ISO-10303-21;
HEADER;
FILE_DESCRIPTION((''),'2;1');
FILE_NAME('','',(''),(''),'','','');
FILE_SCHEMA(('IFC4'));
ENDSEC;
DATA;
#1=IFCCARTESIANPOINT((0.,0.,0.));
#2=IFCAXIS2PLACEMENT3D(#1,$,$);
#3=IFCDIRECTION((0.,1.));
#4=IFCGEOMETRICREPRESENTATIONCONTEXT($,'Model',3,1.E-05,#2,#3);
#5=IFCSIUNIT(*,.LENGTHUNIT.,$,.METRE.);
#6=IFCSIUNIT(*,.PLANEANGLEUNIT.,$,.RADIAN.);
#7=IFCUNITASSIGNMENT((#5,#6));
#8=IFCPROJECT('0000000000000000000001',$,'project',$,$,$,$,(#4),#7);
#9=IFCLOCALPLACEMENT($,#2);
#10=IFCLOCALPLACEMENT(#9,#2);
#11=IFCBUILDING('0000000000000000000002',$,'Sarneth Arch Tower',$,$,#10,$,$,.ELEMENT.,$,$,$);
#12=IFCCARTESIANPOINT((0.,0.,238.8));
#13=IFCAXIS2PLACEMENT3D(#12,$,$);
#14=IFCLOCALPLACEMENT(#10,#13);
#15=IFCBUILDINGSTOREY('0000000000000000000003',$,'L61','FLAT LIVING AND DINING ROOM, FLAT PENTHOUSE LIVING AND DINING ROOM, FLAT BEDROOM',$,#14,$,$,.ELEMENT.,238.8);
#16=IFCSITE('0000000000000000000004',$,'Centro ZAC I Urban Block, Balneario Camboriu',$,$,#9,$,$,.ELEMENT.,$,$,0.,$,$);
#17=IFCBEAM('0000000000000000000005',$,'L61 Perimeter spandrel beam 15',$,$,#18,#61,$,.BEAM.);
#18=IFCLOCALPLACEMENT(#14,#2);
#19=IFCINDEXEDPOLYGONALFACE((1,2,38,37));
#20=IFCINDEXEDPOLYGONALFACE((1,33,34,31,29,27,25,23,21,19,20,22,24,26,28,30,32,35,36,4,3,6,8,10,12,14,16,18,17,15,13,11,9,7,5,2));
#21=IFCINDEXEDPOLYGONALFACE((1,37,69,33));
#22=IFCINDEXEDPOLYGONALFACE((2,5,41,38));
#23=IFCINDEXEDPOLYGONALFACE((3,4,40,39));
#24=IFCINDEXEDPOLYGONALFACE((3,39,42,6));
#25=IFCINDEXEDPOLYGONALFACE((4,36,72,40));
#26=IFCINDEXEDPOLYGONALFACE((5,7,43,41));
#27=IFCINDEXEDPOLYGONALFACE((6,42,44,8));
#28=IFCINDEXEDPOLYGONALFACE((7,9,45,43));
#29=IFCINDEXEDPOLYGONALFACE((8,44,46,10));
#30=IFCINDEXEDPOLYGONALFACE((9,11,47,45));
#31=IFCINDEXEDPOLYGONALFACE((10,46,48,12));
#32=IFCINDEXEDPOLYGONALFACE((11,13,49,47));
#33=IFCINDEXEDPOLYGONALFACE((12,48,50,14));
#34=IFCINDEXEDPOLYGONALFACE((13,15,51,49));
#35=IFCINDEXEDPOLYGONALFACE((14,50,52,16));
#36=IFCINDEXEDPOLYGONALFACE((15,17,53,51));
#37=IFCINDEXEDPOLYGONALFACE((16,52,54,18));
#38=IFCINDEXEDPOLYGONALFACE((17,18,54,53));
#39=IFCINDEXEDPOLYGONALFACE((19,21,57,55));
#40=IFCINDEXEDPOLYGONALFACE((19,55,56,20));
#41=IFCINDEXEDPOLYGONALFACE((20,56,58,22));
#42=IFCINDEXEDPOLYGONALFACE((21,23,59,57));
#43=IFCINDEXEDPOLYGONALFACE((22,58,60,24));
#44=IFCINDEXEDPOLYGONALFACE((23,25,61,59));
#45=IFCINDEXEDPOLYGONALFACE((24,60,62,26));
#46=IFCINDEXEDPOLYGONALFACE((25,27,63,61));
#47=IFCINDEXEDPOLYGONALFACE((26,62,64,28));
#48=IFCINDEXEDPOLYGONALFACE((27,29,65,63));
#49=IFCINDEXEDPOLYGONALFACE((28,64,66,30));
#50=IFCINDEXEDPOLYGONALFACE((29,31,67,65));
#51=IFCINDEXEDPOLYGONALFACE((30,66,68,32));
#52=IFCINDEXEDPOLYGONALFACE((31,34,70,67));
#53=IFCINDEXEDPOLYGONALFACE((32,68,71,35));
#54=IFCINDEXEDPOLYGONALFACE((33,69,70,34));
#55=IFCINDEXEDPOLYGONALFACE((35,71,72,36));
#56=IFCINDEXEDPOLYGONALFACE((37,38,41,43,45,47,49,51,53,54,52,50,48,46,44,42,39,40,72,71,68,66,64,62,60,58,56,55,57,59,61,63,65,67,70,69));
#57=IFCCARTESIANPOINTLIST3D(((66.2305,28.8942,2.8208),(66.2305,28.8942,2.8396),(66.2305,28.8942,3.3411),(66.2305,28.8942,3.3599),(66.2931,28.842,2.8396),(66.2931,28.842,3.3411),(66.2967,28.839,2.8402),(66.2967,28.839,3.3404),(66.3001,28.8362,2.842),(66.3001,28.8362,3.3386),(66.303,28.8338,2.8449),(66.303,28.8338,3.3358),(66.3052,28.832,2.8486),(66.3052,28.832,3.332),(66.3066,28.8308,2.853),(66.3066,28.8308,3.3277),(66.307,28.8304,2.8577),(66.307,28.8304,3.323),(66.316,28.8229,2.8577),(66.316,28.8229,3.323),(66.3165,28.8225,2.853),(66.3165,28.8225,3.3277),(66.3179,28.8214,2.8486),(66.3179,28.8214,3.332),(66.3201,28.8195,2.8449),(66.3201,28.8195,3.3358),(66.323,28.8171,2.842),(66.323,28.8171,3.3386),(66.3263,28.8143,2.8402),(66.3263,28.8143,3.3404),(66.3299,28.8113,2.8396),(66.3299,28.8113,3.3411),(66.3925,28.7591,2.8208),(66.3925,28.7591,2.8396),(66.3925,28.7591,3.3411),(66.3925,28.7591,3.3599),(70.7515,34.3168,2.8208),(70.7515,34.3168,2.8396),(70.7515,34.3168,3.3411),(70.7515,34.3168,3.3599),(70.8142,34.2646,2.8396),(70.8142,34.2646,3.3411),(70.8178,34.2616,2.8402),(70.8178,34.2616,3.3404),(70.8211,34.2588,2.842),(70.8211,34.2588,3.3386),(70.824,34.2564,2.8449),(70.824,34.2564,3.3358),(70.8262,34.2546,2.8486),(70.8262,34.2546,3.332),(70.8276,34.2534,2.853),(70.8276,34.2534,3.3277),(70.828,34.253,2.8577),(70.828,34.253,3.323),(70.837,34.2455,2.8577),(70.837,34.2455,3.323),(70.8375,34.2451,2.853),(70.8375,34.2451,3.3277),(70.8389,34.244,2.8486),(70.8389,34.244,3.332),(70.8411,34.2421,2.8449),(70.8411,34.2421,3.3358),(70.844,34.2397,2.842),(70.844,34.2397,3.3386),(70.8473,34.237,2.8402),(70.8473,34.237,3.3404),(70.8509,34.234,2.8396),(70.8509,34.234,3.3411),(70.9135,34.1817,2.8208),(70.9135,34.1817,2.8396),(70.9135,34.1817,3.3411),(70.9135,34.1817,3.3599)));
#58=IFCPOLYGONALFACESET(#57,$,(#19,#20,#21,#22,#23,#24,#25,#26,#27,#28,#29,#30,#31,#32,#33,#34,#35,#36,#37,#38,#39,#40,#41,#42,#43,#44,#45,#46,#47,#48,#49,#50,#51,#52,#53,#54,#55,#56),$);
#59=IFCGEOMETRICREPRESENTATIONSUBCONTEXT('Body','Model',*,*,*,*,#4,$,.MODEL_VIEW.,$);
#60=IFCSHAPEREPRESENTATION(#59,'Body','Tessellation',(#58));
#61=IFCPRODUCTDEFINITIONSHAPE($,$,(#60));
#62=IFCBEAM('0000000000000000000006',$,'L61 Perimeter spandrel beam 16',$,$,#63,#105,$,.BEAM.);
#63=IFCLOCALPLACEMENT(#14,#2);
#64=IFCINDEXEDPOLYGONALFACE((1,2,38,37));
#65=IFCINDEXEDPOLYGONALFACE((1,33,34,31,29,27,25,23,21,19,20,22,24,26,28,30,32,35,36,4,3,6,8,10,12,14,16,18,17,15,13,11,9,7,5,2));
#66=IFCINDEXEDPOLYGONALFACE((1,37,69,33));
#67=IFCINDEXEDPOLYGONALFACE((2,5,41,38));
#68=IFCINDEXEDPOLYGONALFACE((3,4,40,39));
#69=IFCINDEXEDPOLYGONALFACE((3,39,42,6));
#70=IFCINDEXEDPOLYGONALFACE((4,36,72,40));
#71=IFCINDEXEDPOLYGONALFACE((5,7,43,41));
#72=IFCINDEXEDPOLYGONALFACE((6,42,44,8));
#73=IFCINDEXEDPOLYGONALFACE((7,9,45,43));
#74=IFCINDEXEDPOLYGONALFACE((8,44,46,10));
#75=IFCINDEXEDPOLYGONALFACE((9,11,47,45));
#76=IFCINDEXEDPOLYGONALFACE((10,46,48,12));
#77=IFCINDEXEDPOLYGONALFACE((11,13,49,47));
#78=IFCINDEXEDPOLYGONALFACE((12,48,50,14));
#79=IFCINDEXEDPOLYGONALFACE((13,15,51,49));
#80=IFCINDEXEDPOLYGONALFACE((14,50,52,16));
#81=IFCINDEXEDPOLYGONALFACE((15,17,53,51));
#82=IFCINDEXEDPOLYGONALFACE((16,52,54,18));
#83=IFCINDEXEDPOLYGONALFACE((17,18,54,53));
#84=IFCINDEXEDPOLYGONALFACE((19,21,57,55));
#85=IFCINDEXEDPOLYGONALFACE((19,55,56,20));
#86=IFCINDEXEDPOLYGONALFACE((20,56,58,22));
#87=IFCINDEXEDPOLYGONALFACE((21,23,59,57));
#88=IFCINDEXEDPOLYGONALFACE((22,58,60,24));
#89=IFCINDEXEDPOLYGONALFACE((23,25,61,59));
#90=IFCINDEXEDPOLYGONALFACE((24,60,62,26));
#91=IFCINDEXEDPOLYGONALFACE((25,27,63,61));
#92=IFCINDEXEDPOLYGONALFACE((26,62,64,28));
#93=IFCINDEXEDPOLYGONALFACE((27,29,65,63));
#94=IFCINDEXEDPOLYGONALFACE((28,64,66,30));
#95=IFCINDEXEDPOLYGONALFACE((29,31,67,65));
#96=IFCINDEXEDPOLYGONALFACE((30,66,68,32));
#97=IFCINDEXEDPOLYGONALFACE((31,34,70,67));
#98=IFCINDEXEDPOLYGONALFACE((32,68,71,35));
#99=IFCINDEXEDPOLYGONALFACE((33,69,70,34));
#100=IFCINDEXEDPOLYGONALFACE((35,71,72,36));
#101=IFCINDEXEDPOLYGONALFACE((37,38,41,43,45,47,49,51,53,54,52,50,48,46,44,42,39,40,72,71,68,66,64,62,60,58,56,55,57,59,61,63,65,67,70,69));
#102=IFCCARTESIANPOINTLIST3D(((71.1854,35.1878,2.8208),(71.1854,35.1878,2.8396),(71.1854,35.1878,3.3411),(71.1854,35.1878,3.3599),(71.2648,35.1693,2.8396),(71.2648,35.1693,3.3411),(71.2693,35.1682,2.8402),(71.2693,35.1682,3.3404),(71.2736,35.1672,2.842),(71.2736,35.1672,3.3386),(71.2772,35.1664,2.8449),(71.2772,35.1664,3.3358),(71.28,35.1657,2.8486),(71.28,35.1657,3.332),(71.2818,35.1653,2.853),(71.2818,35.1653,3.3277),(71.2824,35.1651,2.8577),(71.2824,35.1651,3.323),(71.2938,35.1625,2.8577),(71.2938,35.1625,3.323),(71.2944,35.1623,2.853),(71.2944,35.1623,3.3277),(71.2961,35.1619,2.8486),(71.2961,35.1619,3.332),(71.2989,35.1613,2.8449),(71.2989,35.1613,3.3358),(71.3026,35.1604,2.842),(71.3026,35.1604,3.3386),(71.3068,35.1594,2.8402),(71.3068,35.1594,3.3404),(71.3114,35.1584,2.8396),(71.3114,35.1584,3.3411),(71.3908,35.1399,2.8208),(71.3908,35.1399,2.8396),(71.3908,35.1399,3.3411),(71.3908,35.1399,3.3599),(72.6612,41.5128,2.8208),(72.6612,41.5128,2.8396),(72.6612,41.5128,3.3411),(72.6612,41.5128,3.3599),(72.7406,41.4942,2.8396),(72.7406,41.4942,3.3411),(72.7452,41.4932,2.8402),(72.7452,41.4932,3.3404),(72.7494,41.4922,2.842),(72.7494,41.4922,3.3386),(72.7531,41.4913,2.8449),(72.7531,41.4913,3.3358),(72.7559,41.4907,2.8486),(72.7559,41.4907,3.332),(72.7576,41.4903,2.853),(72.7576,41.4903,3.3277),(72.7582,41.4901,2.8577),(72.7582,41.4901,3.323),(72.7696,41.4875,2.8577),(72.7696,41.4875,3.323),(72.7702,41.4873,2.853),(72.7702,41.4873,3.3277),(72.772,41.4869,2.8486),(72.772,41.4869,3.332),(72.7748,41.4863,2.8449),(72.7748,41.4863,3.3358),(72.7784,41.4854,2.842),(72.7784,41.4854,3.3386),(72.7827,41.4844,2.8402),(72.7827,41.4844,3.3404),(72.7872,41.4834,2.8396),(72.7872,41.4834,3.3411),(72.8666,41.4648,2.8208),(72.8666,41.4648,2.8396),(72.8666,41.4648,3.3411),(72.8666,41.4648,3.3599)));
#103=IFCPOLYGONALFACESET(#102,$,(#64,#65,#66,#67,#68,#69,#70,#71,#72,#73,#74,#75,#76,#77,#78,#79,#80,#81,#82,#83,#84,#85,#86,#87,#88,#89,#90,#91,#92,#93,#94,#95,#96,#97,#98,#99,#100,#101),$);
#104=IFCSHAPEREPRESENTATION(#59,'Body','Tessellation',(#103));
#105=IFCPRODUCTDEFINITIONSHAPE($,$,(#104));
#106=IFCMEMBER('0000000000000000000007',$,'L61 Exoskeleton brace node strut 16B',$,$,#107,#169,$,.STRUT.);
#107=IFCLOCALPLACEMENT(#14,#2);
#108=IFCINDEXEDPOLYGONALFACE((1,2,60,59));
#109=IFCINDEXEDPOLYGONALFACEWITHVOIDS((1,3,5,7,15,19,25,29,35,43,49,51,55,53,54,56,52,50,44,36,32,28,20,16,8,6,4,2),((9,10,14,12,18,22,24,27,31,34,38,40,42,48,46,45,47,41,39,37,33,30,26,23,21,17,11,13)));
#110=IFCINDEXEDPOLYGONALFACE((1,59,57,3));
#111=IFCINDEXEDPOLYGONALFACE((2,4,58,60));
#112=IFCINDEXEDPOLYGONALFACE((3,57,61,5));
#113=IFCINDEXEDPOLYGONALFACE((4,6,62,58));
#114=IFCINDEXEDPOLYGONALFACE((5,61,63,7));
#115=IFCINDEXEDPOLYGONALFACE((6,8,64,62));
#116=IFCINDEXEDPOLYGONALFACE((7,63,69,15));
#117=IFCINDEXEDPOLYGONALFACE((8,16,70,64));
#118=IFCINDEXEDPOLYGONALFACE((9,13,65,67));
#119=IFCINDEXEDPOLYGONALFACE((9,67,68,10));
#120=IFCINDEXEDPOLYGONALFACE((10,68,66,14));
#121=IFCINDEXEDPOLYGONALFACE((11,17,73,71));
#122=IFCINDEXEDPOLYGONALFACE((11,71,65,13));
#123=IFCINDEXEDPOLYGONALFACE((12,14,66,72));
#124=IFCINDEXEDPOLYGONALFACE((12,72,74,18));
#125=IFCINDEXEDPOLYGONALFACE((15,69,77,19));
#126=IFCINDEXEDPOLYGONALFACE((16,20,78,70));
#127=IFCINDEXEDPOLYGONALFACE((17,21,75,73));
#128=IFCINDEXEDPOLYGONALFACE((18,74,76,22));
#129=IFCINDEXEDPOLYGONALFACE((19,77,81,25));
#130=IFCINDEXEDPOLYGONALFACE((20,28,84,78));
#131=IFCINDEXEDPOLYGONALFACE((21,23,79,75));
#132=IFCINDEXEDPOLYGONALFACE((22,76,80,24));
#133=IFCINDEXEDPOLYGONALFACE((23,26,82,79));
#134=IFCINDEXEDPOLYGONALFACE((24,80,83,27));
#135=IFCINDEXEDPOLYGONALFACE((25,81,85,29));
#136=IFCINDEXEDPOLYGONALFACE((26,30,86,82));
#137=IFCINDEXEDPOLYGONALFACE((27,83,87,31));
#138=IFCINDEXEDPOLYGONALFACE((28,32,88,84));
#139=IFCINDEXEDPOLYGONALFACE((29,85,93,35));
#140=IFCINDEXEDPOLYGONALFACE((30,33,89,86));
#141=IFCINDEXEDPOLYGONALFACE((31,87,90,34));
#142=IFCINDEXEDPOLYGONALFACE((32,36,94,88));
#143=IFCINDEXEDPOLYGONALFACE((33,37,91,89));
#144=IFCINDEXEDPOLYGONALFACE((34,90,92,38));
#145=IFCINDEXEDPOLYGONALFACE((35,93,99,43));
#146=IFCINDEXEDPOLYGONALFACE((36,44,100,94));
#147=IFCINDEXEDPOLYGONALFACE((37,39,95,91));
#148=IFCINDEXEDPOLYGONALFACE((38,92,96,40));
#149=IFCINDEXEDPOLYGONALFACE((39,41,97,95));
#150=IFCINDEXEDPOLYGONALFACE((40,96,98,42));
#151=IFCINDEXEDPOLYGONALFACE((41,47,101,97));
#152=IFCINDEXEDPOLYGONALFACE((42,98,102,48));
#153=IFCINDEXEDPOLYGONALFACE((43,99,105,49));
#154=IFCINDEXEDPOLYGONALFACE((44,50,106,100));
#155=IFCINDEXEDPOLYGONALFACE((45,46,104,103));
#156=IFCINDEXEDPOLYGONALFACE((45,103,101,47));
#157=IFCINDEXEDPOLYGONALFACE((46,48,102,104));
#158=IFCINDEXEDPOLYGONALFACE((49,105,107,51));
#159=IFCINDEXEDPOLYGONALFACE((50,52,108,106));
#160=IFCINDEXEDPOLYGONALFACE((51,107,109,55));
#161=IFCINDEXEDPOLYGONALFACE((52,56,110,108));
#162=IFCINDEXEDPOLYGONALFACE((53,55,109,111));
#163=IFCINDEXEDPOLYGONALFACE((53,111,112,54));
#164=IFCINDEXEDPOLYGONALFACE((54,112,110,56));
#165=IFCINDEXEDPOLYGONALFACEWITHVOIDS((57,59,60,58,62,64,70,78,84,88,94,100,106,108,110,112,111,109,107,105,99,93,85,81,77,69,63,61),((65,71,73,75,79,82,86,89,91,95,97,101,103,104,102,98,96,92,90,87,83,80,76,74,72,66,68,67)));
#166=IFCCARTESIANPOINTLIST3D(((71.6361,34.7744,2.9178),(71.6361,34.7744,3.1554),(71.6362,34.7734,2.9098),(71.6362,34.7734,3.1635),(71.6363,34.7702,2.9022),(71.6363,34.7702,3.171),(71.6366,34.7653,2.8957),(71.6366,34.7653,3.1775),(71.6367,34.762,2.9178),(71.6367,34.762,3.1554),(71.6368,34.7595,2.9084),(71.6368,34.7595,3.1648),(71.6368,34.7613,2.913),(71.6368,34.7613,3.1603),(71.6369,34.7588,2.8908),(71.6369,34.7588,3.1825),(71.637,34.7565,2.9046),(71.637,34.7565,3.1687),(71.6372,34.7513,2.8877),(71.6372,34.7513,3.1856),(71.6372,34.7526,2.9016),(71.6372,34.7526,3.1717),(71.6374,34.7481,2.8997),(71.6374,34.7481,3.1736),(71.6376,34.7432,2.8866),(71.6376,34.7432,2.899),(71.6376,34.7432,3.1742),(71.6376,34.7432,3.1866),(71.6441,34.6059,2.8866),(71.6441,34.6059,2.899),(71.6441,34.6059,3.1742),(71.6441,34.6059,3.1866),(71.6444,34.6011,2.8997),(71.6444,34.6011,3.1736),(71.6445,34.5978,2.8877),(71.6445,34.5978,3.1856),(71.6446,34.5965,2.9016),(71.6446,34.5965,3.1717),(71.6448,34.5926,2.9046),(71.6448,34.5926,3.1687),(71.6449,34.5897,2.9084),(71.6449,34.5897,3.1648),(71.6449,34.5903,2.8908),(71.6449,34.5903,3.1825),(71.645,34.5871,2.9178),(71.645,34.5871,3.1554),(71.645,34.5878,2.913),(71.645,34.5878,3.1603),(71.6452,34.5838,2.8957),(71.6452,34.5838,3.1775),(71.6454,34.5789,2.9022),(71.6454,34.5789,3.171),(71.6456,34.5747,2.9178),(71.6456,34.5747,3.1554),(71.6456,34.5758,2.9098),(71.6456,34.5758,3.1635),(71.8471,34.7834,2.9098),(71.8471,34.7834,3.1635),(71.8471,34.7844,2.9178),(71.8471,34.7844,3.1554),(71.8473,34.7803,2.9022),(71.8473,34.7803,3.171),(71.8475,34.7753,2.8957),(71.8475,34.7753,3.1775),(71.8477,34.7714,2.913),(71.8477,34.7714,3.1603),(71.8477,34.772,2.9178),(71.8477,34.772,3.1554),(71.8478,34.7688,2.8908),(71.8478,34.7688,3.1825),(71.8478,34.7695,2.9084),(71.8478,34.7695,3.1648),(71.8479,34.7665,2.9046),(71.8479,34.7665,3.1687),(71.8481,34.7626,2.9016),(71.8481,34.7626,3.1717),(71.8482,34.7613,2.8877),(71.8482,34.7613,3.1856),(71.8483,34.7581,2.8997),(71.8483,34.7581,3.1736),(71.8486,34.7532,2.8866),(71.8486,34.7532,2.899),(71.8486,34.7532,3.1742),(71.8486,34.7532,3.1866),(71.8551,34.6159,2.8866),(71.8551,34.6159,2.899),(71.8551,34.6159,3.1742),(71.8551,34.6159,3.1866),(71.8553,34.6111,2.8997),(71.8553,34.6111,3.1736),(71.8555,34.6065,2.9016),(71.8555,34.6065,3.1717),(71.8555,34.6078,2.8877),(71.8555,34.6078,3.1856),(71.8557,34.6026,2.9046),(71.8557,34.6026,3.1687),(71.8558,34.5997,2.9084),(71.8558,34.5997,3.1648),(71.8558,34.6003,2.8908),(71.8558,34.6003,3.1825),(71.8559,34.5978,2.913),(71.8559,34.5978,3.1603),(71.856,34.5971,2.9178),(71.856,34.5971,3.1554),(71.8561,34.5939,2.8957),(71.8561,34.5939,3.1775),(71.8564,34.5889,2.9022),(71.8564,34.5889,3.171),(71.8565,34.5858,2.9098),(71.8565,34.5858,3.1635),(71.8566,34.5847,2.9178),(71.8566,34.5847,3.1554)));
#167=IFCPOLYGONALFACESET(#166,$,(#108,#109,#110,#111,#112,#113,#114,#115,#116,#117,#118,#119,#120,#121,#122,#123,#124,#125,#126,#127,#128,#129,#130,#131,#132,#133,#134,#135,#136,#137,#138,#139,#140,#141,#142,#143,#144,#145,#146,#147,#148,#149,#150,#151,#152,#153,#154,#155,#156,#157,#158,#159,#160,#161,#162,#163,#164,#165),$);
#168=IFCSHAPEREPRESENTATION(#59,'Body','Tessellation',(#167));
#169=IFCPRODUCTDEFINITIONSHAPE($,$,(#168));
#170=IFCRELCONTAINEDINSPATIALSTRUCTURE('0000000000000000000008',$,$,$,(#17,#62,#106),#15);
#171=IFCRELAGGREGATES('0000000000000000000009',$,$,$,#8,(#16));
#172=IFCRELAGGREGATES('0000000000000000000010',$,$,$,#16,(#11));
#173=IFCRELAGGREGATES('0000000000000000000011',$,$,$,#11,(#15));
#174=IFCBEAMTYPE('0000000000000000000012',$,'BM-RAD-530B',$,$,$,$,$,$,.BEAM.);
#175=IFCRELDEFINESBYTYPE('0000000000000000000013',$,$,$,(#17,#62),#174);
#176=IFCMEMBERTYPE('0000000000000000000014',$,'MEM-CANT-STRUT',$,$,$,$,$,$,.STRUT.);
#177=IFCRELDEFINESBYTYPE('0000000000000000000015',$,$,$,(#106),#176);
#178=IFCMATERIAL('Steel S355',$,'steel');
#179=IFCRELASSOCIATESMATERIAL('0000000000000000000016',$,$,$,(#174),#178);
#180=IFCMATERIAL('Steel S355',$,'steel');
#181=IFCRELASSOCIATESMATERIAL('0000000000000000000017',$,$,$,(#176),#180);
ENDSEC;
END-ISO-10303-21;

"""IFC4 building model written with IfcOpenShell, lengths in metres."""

from ifc_helpers import new_model, si_unit, direction, frame, origin, origin_2d, place, context, subcontext, project, spatial, hollow_rectangle, i_section, extrude, material, material_profile, profile_set, type_object, element, save


model = new_model("IFC4")

# Units and contexts
model_context = context("Model", 3, precision=1e-05, world=origin(), true_north=direction((0.0, 1.0)))
body_context = subcontext(model_context, "Body", "Model", "MODEL_VIEW")
ifc_project = project(units=[si_unit("LENGTHUNIT", "METRE"), si_unit("PLANEANGLEUNIT", "RADIAN")], contexts=[model_context])

# Site, building, storey
site_placement = place(None, origin())
site = spatial("IfcSite", under=ifc_project, at=site_placement, Name="Centro ZAC I Urban Block, Balneario Camboriu", CompositionType="ELEMENT", RefElevation=0.0)
building_placement = place(site_placement, origin())
building = spatial("IfcBuilding", under=site, at=building_placement, Name="Sarneth Arch Tower", CompositionType="ELEMENT")
storey_placement = place(building_placement, frame((0.0, 0.0, 238.8)))
storey = spatial("IfcBuildingStorey", under=building, at=storey_placement, Name="L61", Description="FLAT LIVING AND DINING ROOM, FLAT PENTHOUSE LIVING AND DINING ROOM, FLAT BEDROOM", CompositionType="ELEMENT", Elevation=238.8)

# Beams
ifc_material_1 = material(Name="Steel S355", Category="steel")
ifc_material_profile_1 = material_profile(ifc_material_1, i_section(OverallWidth=0.2109, OverallDepth=0.5391, WebThickness=0.0117, FlangeThickness=0.0188, FilletRadius=0.0181, at=origin_2d()), Name="W530x109")
ifc_profile_set_1 = profile_set([ifc_material_profile_1], Name="Steel S355")
beam_type_1 = type_object("IfcBeamType", Name="BM-RAD-530B", PredefinedType="BEAM", material=ifc_profile_set_1)
beam_1_placement = place(storey_placement, frame((66.3115, 28.8267, 3.0903), z_axis=(0.640365, 0.768071, 0.0), x_axis=(-0.768071, 0.640365, 0.0)))
element("IfcBeam", 1, at=beam_1_placement, inside=storey, type_object=beam_type_1, Name="L61 Perimeter spandrel beam 15", PredefinedType="BEAM", context=body_context, shape_type="SweptSolid", body=[
    extrude(i_section(OverallWidth=0.2109, OverallDepth=0.5391, WebThickness=0.0117, FlangeThickness=0.0188, FilletRadius=0.0181, at=origin_2d()), origin(), (0.0, 0.0, 1.0), 7.0601),
])
beam_2_placement = place(storey_placement, frame((71.2881, 35.1638, 3.0903), z_axis=(0.227231, 0.973841, 0.0), x_axis=(-0.973841, 0.227231, 0.0)))
element("IfcBeam", 2, at=beam_2_placement, inside=storey, type_object=beam_type_1, Name="L61 Perimeter spandrel beam 16", PredefinedType="BEAM", context=body_context, shape_type="SweptSolid", body=[
    extrude(i_section(OverallWidth=0.2109, OverallDepth=0.5391, WebThickness=0.0117, FlangeThickness=0.0188, FilletRadius=0.0181, at=origin_2d()), origin(), (0.0, 0.0, 1.0), 6.4949),
])

# Member
ifc_material_2 = material(Name="Steel S355", Category="steel")
ifc_material_profile_2 = material_profile(ifc_material_2, hollow_rectangle(XDim=0.2, YDim=0.3, WallThickness=0.0125, InnerFilletRadius=0.0188, OuterFilletRadius=0.0312, at=origin_2d()), Name="RHS300x200x12.5")
ifc_profile_set_2 = profile_set([ifc_material_profile_2], Name="Steel S355")
member_type_1 = type_object("IfcMemberType", Name="MEM-CANT-STRUT", PredefinedType="STRUT", material=ifc_profile_set_2)
member_1_placement = place(storey_placement, frame((71.6409, 34.6746, 3.0366), z_axis=(0.998876, 0.0474, 0.0), x_axis=(-0.0474, 0.998876, 0.0)))
element("IfcMember", 3, at=member_1_placement, inside=storey, type_object=member_type_1, Name="L61 Exoskeleton brace node strut 16B", PredefinedType="STRUT", context=body_context, shape_type="SweptSolid", body=[
    extrude(hollow_rectangle(XDim=0.2, YDim=0.3, WallThickness=0.0125, InnerFilletRadius=0.0188, OuterFilletRadius=0.0312, at=origin_2d()), origin(), (0.0, 0.0, 1.0), 0.2112),
])

save(model, "model.ifc")
